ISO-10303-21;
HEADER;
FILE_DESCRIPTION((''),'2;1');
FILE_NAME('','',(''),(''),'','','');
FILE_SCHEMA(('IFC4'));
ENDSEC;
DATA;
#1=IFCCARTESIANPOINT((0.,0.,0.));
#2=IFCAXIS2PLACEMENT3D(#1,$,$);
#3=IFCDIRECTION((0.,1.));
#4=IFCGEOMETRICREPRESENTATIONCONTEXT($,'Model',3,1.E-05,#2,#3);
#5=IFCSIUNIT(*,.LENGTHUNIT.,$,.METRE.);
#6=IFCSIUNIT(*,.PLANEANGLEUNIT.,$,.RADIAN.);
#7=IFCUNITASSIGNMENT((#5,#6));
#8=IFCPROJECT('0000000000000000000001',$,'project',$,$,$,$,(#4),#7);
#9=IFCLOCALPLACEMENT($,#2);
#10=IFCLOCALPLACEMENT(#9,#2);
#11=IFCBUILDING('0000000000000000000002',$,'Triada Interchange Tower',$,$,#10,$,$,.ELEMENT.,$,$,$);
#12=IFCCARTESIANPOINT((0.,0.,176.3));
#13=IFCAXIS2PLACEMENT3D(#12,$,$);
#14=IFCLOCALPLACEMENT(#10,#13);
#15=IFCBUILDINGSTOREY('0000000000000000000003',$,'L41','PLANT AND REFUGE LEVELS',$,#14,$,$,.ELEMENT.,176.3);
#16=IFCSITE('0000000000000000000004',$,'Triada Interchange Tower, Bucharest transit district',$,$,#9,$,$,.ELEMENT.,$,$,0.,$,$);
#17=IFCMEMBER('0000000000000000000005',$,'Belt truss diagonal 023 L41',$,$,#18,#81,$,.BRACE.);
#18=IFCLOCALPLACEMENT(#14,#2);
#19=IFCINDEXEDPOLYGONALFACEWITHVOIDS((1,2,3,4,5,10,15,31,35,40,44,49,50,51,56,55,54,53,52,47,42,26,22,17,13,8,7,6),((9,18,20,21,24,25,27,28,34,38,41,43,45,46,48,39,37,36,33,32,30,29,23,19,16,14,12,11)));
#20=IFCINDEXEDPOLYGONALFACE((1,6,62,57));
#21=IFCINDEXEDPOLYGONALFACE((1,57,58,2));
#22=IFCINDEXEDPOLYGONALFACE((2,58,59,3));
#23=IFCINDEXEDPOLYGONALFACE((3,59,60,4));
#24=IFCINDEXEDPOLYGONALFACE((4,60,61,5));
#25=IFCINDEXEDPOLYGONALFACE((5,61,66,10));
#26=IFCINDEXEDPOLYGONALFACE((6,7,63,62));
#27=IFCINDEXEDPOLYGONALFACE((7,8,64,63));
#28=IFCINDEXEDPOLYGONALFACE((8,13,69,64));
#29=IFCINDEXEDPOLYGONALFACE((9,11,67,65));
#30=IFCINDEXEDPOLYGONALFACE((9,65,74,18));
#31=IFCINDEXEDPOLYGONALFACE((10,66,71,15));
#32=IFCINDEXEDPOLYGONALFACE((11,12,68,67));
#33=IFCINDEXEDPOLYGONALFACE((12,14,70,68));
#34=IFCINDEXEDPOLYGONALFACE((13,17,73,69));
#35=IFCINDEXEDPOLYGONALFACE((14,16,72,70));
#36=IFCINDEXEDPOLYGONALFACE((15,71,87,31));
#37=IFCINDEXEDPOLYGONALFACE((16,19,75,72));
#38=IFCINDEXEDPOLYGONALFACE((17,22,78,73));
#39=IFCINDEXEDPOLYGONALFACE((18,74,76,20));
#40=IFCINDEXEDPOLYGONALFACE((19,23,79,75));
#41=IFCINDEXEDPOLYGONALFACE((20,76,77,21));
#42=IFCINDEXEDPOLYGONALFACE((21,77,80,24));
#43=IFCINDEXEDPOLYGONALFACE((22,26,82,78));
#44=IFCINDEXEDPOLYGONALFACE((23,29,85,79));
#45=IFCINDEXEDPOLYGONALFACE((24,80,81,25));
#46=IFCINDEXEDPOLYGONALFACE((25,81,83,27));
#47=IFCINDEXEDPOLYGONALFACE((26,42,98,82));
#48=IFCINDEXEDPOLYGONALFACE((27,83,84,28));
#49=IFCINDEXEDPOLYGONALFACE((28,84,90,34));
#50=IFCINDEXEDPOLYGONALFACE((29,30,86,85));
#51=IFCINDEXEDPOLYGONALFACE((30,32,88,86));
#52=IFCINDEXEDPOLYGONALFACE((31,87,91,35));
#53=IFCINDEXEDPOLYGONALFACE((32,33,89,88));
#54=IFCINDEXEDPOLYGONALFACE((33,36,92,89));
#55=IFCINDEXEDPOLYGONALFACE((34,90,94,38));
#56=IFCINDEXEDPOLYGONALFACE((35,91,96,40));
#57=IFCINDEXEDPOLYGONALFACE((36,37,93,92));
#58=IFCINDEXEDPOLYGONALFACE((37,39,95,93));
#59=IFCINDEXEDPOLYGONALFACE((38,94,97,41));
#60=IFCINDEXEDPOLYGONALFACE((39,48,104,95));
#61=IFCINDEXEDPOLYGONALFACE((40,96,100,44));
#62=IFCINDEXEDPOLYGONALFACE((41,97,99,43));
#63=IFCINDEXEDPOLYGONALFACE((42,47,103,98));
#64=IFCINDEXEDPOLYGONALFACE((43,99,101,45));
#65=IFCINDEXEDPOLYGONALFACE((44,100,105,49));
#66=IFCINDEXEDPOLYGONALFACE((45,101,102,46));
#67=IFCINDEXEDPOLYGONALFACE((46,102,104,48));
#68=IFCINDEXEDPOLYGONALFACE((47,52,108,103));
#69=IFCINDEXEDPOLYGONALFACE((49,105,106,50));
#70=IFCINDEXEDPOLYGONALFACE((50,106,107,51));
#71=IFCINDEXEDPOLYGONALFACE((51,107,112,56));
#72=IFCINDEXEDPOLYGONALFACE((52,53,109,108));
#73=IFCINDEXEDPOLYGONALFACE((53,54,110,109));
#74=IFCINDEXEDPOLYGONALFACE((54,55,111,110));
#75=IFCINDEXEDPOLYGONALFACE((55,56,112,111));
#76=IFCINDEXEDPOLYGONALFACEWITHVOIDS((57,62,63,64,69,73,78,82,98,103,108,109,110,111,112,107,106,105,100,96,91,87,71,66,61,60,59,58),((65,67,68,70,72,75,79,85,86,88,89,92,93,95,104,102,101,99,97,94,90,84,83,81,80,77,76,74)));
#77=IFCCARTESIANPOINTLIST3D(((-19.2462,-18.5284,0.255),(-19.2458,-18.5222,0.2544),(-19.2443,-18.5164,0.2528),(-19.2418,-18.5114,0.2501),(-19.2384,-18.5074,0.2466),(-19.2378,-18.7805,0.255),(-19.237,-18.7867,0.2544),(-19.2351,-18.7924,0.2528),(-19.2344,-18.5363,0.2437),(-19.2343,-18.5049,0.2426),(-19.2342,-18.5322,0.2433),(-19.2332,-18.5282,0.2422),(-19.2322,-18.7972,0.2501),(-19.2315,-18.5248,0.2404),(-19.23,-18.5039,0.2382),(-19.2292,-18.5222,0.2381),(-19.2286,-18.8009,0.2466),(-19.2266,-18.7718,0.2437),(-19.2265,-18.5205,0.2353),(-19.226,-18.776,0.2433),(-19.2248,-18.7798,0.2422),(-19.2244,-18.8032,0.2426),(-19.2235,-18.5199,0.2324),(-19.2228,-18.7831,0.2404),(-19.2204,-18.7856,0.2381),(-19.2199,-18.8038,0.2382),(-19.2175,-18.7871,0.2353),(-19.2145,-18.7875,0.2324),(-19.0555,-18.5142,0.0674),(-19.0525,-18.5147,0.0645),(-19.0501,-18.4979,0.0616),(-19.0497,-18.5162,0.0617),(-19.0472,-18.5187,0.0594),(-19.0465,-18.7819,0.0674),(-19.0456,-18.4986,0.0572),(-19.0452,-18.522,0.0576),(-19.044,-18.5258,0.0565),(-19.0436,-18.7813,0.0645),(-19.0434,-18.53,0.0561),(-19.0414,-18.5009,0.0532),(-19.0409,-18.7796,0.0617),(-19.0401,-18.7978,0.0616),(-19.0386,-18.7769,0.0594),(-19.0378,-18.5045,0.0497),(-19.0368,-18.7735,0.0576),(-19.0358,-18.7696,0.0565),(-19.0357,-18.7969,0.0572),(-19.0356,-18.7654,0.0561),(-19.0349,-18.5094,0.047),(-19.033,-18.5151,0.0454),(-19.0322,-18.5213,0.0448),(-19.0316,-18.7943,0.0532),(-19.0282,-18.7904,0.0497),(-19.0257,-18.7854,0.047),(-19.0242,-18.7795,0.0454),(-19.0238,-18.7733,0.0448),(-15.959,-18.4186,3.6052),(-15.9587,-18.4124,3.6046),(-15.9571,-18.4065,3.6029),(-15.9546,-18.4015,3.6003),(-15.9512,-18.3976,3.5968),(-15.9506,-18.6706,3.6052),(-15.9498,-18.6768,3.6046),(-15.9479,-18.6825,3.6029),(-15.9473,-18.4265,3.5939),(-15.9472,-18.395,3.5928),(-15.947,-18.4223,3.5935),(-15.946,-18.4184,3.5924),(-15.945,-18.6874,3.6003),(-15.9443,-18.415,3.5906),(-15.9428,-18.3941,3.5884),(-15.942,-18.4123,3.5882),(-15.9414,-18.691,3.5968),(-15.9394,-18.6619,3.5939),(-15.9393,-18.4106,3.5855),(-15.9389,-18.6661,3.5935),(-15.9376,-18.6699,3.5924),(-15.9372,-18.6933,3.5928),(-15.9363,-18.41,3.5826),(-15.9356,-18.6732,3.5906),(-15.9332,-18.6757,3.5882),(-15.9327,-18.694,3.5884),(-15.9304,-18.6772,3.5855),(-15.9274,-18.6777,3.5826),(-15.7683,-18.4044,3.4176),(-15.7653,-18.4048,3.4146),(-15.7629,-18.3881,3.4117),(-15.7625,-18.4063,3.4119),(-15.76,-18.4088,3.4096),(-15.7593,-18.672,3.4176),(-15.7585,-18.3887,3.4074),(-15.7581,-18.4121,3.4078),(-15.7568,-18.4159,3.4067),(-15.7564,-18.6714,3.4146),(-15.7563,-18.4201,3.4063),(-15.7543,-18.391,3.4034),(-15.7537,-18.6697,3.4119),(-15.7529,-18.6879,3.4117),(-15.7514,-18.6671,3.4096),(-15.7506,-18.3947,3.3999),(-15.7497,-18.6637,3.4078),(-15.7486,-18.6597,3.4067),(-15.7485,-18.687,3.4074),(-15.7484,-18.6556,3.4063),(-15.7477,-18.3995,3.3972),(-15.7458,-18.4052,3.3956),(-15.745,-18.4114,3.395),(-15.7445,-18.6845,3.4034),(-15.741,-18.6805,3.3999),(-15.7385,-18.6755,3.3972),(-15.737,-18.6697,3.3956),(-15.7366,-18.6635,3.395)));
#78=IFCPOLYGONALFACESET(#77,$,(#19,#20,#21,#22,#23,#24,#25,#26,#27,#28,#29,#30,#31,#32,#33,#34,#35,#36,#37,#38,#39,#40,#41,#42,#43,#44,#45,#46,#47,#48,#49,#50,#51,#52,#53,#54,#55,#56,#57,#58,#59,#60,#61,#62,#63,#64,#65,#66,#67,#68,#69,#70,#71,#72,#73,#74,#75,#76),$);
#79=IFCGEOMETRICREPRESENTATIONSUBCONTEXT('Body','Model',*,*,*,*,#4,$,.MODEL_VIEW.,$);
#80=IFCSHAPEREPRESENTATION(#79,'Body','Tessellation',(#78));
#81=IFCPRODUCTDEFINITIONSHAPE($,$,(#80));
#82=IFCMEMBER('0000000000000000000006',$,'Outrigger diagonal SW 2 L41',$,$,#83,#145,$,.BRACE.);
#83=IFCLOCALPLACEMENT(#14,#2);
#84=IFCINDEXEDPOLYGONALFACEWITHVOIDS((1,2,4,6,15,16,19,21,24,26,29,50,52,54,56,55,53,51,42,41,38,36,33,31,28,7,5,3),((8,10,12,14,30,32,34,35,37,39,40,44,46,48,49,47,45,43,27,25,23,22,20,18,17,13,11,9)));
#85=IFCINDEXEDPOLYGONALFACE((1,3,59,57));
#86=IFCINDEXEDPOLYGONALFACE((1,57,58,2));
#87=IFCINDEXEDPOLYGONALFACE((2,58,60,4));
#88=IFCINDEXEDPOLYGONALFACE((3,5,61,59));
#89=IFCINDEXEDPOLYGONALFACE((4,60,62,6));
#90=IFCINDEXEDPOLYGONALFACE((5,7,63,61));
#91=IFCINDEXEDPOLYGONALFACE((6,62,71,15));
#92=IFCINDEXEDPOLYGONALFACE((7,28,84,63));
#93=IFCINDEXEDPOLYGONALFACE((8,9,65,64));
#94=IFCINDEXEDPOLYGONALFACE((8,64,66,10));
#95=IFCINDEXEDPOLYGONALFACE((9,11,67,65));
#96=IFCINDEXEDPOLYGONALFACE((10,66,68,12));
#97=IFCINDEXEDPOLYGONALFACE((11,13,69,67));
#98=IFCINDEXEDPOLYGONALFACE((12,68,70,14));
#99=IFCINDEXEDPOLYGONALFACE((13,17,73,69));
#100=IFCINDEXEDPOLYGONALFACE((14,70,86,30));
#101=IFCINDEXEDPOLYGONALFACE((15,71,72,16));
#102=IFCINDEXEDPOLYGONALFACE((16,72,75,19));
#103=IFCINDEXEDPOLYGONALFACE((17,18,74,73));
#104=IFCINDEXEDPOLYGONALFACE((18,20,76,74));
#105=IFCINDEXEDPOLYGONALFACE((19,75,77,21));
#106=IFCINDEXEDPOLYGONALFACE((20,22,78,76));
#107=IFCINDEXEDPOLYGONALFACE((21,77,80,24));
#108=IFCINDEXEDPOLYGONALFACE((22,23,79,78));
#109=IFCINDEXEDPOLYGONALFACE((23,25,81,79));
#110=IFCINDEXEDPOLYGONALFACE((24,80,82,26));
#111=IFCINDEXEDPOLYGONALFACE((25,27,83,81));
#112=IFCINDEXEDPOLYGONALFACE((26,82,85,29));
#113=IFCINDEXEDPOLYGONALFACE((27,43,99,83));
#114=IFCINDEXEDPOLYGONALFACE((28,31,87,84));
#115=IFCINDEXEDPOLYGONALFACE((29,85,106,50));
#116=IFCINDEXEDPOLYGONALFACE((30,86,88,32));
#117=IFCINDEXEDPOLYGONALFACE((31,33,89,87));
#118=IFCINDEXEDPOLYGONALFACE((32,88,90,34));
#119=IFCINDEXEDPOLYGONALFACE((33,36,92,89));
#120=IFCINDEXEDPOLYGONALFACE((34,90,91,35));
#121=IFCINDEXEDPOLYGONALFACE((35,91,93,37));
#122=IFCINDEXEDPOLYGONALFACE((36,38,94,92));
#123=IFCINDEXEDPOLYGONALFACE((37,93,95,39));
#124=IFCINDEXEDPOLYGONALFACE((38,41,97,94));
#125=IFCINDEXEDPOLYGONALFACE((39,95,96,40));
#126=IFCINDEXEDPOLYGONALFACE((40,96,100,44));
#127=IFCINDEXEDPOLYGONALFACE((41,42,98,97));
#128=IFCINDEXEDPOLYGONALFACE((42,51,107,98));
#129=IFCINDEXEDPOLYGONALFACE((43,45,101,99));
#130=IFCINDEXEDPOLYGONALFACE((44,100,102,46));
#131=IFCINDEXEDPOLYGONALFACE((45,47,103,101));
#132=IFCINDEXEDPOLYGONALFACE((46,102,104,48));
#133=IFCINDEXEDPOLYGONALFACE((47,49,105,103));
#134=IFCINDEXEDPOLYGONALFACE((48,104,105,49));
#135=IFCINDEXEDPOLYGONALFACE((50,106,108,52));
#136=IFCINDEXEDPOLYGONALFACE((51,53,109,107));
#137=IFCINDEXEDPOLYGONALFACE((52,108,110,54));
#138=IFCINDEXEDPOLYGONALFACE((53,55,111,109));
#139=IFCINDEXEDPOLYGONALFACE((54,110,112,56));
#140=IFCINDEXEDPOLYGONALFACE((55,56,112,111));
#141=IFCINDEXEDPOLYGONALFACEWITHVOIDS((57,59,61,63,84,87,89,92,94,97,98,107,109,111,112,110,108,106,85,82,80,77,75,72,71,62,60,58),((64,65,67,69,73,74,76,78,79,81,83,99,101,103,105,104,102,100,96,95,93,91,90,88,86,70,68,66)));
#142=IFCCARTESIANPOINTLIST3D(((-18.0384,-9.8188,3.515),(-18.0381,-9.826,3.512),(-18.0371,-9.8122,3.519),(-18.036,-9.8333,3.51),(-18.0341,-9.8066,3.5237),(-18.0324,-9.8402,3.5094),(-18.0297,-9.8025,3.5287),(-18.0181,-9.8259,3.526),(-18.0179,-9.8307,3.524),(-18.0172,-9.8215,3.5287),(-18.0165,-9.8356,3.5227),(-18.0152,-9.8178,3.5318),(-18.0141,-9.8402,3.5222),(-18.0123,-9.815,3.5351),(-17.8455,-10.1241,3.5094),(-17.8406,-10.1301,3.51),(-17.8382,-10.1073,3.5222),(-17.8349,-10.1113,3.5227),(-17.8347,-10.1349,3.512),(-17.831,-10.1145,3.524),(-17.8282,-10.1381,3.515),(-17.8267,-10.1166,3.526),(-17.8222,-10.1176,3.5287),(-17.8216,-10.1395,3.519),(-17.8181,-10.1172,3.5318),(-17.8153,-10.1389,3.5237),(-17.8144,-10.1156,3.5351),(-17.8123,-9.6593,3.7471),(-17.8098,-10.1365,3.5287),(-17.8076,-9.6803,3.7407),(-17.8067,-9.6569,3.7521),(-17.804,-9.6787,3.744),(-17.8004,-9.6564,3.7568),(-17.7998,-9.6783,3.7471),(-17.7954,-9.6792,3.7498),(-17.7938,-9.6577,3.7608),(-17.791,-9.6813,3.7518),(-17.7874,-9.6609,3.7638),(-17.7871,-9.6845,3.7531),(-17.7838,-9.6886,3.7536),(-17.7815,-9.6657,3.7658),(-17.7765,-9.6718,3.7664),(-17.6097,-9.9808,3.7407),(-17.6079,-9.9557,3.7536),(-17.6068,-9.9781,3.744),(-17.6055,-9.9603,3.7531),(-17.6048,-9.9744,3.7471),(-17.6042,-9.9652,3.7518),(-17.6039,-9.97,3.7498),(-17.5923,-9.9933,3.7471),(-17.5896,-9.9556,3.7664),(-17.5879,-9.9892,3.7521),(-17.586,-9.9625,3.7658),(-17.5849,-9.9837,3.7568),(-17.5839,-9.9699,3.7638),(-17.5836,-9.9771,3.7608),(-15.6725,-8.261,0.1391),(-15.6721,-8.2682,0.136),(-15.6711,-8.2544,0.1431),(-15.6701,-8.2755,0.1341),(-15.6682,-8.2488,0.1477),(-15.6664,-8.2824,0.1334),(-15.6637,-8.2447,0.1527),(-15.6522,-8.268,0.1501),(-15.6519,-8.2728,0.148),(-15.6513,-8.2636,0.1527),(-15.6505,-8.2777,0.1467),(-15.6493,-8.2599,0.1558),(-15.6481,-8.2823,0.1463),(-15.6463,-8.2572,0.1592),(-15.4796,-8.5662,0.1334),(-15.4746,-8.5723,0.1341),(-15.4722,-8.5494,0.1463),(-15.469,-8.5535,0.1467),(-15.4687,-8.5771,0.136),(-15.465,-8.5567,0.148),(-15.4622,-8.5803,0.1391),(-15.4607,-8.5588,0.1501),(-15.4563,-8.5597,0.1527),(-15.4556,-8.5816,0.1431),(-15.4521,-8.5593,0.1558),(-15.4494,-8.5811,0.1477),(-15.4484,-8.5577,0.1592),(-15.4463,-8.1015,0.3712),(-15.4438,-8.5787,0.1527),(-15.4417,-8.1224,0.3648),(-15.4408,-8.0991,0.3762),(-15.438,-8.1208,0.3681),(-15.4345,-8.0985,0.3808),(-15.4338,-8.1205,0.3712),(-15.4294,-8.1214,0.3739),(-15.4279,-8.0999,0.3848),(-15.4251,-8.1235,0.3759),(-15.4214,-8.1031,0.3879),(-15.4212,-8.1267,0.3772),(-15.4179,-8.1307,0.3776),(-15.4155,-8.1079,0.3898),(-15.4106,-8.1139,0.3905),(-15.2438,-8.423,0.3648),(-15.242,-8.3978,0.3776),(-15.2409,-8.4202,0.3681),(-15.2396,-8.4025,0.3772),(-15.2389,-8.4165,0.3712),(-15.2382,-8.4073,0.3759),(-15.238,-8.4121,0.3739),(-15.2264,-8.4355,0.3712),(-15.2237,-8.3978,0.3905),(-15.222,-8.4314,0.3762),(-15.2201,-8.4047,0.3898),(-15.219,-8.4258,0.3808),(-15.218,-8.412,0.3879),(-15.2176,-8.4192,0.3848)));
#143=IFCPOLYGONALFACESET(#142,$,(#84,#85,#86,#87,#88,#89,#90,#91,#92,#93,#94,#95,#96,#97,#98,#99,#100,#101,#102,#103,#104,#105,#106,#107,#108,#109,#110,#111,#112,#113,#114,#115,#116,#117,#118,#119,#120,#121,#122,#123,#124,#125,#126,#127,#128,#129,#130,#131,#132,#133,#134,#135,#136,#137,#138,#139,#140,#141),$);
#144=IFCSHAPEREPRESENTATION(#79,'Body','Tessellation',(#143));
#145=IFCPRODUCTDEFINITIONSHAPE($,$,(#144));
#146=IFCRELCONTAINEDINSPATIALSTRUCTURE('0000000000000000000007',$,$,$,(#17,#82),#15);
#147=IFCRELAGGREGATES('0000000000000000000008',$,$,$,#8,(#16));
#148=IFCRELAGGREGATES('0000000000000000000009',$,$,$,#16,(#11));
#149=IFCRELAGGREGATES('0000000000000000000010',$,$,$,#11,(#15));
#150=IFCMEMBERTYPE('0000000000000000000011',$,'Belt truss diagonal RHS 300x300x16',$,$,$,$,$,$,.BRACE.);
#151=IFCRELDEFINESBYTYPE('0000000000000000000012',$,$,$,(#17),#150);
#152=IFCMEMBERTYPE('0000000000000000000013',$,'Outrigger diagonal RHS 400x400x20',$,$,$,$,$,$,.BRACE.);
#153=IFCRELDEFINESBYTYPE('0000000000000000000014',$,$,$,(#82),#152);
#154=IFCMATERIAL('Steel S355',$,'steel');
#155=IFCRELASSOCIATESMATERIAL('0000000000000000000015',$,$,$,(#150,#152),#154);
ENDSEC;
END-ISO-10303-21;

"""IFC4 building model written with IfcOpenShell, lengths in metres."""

from ifc_helpers import new_model, si_unit, direction, frame, origin, origin_2d, place, context, subcontext, project, spatial, hollow_rectangle, extrude, material, material_profile, profile_set, type_object, element, save


model = new_model("IFC4")

# Units and contexts
model_context = context("Model", 3, precision=1e-05, world=origin(), true_north=direction((0.0, 1.0)))
body_context = subcontext(model_context, "Body", "Model", "MODEL_VIEW")
ifc_project = project(units=[si_unit("LENGTHUNIT", "METRE"), si_unit("PLANEANGLEUNIT", "RADIAN")], contexts=[model_context])

# Site, building, storey
site_placement = place(None, origin())
site = spatial("IfcSite", under=ifc_project, at=site_placement, Name="Triada Interchange Tower, Bucharest transit district", CompositionType="ELEMENT", RefElevation=0.0)
building_placement = place(site_placement, origin())
building = spatial("IfcBuilding", under=site, at=building_placement, Name="Triada Interchange Tower", CompositionType="ELEMENT")
storey_placement = place(building_placement, frame((0.0, 0.0, 176.3)))
storey = spatial("IfcBuildingStorey", under=building, at=storey_placement, Name="L41", Description="PLANT AND REFUGE LEVELS", CompositionType="ELEMENT", Elevation=176.3)

# Members
ifc_material_1 = material(Name="Steel S355", Category="steel")
ifc_material_profile_1 = material_profile(ifc_material_1, hollow_rectangle(XDim=0.3, YDim=0.3, WallThickness=0.0161, InnerFilletRadius=0.0161, OuterFilletRadius=0.0239, at=origin_2d()), Name="RHS 300x300x16")
ifc_profile_set_1 = profile_set([ifc_material_profile_1], Name="Steel S355")
member_type_1 = type_object("IfcMemberType", Name="Belt truss diagonal RHS 300x300x16", PredefinedType="BRACE", material=ifc_profile_set_1)
member_1_placement = place(storey_placement, frame((-19.135, -18.6509, 0.1499), z_axis=(0.700173, 0.023401, 0.71359), x_axis=(-0.033404, 0.999442, 0.0)))
element("IfcMember", 1, at=member_1_placement, inside=storey, type_object=member_type_1, Name="Belt truss diagonal 023 L41", PredefinedType="BRACE", context=body_context, shape_type="SweptSolid", body=[
    extrude(hollow_rectangle(XDim=0.3, YDim=0.3, WallThickness=0.0161, InnerFilletRadius=0.0161, OuterFilletRadius=0.0239, at=origin_2d()), origin(), (0.0, 0.0, 1.0), 4.6948),
])
ifc_material_profile_2 = material_profile(ifc_material_1, hollow_rectangle(XDim=0.3999, YDim=0.3999, WallThickness=0.02, InnerFilletRadius=0.02, OuterFilletRadius=0.03, at=origin_2d()), Name="RHS 400x400x20")
ifc_profile_set_2 = profile_set([ifc_material_profile_2], Name="Steel S355")
member_type_2 = type_object("IfcMemberType", Name="Outrigger diagonal RHS 400x400x20", PredefinedType="BRACE", material=ifc_profile_set_2)
for number, where, z_axis, x_axis, name in (
    (2, (-15.4451, -8.3401, 0.262), (-0.536861, -0.353494, 0.766043), (0.549938, -0.835206, 0.0), "Outrigger diagonal SW 2 L41"),
):
    element("IfcMember", number, at=place(storey_placement, frame(where, z_axis=z_axis, x_axis=x_axis)), inside=storey, type_object=member_type_2, Name=name, PredefinedType="BRACE", context=body_context, shape_type="SweptSolid", body=[
        extrude(hollow_rectangle(XDim=0.3999, YDim=0.3999, WallThickness=0.02, InnerFilletRadius=0.02, OuterFilletRadius=0.03, at=origin_2d()), origin(), (0.0, 0.0, 1.0), 4.407),
    ])

save(model, "model.ifc")
